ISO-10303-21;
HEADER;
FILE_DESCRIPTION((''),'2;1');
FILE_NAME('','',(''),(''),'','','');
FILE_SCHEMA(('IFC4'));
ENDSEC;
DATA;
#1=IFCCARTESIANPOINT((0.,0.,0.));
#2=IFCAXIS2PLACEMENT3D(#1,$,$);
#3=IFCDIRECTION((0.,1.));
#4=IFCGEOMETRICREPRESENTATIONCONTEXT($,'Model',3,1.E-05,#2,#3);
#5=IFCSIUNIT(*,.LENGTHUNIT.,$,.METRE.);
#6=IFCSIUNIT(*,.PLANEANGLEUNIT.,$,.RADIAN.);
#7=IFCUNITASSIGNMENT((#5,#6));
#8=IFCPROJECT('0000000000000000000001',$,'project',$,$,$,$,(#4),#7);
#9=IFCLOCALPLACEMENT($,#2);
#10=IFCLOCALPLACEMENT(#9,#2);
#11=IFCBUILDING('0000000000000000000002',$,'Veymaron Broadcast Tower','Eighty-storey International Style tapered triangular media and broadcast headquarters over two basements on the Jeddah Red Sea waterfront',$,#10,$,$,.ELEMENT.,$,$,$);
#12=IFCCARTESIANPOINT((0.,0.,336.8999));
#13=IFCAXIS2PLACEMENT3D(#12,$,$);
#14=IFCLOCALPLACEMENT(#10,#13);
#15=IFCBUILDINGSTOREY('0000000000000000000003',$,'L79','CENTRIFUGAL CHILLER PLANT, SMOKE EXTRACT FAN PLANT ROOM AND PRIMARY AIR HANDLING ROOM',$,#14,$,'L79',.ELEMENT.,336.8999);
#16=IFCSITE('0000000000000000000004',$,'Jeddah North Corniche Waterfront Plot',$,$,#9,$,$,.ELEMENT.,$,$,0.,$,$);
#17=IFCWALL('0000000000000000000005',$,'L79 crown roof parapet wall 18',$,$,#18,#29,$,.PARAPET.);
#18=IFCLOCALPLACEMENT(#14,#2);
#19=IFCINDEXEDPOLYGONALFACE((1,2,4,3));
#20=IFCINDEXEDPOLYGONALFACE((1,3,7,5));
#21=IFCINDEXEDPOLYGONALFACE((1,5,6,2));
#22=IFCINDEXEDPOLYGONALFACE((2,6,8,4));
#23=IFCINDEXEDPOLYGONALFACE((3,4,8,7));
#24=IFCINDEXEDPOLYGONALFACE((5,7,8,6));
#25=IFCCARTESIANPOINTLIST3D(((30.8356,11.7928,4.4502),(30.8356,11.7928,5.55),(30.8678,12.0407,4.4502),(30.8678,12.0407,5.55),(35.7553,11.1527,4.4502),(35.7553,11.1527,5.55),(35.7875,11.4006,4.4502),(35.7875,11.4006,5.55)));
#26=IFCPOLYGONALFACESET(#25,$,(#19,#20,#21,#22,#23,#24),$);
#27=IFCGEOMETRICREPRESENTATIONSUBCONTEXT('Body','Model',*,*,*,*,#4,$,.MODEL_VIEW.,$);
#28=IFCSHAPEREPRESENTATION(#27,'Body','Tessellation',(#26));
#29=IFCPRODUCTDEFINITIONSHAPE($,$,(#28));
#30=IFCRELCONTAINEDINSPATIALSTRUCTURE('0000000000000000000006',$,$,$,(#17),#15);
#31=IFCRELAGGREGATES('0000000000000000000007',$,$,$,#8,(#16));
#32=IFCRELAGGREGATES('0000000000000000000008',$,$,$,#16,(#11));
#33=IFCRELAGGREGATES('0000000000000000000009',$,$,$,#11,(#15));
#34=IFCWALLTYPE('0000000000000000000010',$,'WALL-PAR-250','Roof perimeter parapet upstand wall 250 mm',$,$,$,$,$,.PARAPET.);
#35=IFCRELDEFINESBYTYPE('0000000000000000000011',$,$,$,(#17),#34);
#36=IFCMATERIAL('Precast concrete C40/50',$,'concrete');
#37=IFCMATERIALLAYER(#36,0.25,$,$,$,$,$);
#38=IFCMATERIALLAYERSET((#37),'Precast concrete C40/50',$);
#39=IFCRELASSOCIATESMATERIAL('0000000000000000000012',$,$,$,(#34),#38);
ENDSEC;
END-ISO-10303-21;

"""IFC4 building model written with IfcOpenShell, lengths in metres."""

from ifc_helpers import new_model, si_unit, direction, frame, frame_2d, origin, place, context, subcontext, project, spatial, rectangle, extrude, material, layer, layer_set, type_object, element, save


model = new_model("IFC4")

# Units and contexts
model_context = context("Model", 3, precision=1e-05, world=origin(), true_north=direction((0.0, 1.0)))
body_context = subcontext(model_context, "Body", "Model", "MODEL_VIEW")
ifc_project = project(units=[si_unit("LENGTHUNIT", "METRE"), si_unit("PLANEANGLEUNIT", "RADIAN")], contexts=[model_context])

# Site, building, storey
site_placement = place(None, origin())
site = spatial("IfcSite", under=ifc_project, at=site_placement, Name="Jeddah North Corniche Waterfront Plot", CompositionType="ELEMENT", RefElevation=0.0)
building_placement = place(site_placement, origin())
building = spatial("IfcBuilding", under=site, at=building_placement, Name="Veymaron Broadcast Tower", Description="Eighty-storey International Style tapered triangular media and broadcast headquarters over two basements on the Jeddah Red Sea waterfront", CompositionType="ELEMENT")
storey_placement = place(building_placement, frame((0.0, 0.0, 336.8999)))
storey = spatial("IfcBuildingStorey", under=building, at=storey_placement, Name="L79", Description="CENTRIFUGAL CHILLER PLANT, SMOKE EXTRACT FAN PLANT ROOM AND PRIMARY AIR HANDLING ROOM", LongName="L79", CompositionType="ELEMENT", Elevation=336.8999)

# Wall
ifc_material_1 = material(Name="Precast concrete C40/50", Category="concrete")
ifc_layer_1 = layer(ifc_material_1, 0.25)
ifc_layer_set_1 = layer_set([ifc_layer_1], Name="Precast concrete C40/50")
wall_type = type_object("IfcWallType", Name="WALL-PAR-250", Description="Roof perimeter parapet upstand wall 250 mm", PredefinedType="PARAPET", material=ifc_layer_set_1)
wall_1_placement = place(storey_placement, frame((30.8518, 11.9167, 4.4502), z_axis=(0.0, 0.0, 1.0), x_axis=(0.991641, -0.12903, 0.0)))
element("IfcWall", 1, at=wall_1_placement, inside=storey, type_object=wall_type, Name="L79 crown roof parapet wall 18", PredefinedType="PARAPET", context=body_context, shape_type="SweptSolid", body=[
    extrude(rectangle(XDim=4.9612, YDim=0.25, at=frame_2d((2.4805, 0.0))), origin(), (0.0, 0.0, 1.0), 1.0999),
])

save(model, "model.ifc")
